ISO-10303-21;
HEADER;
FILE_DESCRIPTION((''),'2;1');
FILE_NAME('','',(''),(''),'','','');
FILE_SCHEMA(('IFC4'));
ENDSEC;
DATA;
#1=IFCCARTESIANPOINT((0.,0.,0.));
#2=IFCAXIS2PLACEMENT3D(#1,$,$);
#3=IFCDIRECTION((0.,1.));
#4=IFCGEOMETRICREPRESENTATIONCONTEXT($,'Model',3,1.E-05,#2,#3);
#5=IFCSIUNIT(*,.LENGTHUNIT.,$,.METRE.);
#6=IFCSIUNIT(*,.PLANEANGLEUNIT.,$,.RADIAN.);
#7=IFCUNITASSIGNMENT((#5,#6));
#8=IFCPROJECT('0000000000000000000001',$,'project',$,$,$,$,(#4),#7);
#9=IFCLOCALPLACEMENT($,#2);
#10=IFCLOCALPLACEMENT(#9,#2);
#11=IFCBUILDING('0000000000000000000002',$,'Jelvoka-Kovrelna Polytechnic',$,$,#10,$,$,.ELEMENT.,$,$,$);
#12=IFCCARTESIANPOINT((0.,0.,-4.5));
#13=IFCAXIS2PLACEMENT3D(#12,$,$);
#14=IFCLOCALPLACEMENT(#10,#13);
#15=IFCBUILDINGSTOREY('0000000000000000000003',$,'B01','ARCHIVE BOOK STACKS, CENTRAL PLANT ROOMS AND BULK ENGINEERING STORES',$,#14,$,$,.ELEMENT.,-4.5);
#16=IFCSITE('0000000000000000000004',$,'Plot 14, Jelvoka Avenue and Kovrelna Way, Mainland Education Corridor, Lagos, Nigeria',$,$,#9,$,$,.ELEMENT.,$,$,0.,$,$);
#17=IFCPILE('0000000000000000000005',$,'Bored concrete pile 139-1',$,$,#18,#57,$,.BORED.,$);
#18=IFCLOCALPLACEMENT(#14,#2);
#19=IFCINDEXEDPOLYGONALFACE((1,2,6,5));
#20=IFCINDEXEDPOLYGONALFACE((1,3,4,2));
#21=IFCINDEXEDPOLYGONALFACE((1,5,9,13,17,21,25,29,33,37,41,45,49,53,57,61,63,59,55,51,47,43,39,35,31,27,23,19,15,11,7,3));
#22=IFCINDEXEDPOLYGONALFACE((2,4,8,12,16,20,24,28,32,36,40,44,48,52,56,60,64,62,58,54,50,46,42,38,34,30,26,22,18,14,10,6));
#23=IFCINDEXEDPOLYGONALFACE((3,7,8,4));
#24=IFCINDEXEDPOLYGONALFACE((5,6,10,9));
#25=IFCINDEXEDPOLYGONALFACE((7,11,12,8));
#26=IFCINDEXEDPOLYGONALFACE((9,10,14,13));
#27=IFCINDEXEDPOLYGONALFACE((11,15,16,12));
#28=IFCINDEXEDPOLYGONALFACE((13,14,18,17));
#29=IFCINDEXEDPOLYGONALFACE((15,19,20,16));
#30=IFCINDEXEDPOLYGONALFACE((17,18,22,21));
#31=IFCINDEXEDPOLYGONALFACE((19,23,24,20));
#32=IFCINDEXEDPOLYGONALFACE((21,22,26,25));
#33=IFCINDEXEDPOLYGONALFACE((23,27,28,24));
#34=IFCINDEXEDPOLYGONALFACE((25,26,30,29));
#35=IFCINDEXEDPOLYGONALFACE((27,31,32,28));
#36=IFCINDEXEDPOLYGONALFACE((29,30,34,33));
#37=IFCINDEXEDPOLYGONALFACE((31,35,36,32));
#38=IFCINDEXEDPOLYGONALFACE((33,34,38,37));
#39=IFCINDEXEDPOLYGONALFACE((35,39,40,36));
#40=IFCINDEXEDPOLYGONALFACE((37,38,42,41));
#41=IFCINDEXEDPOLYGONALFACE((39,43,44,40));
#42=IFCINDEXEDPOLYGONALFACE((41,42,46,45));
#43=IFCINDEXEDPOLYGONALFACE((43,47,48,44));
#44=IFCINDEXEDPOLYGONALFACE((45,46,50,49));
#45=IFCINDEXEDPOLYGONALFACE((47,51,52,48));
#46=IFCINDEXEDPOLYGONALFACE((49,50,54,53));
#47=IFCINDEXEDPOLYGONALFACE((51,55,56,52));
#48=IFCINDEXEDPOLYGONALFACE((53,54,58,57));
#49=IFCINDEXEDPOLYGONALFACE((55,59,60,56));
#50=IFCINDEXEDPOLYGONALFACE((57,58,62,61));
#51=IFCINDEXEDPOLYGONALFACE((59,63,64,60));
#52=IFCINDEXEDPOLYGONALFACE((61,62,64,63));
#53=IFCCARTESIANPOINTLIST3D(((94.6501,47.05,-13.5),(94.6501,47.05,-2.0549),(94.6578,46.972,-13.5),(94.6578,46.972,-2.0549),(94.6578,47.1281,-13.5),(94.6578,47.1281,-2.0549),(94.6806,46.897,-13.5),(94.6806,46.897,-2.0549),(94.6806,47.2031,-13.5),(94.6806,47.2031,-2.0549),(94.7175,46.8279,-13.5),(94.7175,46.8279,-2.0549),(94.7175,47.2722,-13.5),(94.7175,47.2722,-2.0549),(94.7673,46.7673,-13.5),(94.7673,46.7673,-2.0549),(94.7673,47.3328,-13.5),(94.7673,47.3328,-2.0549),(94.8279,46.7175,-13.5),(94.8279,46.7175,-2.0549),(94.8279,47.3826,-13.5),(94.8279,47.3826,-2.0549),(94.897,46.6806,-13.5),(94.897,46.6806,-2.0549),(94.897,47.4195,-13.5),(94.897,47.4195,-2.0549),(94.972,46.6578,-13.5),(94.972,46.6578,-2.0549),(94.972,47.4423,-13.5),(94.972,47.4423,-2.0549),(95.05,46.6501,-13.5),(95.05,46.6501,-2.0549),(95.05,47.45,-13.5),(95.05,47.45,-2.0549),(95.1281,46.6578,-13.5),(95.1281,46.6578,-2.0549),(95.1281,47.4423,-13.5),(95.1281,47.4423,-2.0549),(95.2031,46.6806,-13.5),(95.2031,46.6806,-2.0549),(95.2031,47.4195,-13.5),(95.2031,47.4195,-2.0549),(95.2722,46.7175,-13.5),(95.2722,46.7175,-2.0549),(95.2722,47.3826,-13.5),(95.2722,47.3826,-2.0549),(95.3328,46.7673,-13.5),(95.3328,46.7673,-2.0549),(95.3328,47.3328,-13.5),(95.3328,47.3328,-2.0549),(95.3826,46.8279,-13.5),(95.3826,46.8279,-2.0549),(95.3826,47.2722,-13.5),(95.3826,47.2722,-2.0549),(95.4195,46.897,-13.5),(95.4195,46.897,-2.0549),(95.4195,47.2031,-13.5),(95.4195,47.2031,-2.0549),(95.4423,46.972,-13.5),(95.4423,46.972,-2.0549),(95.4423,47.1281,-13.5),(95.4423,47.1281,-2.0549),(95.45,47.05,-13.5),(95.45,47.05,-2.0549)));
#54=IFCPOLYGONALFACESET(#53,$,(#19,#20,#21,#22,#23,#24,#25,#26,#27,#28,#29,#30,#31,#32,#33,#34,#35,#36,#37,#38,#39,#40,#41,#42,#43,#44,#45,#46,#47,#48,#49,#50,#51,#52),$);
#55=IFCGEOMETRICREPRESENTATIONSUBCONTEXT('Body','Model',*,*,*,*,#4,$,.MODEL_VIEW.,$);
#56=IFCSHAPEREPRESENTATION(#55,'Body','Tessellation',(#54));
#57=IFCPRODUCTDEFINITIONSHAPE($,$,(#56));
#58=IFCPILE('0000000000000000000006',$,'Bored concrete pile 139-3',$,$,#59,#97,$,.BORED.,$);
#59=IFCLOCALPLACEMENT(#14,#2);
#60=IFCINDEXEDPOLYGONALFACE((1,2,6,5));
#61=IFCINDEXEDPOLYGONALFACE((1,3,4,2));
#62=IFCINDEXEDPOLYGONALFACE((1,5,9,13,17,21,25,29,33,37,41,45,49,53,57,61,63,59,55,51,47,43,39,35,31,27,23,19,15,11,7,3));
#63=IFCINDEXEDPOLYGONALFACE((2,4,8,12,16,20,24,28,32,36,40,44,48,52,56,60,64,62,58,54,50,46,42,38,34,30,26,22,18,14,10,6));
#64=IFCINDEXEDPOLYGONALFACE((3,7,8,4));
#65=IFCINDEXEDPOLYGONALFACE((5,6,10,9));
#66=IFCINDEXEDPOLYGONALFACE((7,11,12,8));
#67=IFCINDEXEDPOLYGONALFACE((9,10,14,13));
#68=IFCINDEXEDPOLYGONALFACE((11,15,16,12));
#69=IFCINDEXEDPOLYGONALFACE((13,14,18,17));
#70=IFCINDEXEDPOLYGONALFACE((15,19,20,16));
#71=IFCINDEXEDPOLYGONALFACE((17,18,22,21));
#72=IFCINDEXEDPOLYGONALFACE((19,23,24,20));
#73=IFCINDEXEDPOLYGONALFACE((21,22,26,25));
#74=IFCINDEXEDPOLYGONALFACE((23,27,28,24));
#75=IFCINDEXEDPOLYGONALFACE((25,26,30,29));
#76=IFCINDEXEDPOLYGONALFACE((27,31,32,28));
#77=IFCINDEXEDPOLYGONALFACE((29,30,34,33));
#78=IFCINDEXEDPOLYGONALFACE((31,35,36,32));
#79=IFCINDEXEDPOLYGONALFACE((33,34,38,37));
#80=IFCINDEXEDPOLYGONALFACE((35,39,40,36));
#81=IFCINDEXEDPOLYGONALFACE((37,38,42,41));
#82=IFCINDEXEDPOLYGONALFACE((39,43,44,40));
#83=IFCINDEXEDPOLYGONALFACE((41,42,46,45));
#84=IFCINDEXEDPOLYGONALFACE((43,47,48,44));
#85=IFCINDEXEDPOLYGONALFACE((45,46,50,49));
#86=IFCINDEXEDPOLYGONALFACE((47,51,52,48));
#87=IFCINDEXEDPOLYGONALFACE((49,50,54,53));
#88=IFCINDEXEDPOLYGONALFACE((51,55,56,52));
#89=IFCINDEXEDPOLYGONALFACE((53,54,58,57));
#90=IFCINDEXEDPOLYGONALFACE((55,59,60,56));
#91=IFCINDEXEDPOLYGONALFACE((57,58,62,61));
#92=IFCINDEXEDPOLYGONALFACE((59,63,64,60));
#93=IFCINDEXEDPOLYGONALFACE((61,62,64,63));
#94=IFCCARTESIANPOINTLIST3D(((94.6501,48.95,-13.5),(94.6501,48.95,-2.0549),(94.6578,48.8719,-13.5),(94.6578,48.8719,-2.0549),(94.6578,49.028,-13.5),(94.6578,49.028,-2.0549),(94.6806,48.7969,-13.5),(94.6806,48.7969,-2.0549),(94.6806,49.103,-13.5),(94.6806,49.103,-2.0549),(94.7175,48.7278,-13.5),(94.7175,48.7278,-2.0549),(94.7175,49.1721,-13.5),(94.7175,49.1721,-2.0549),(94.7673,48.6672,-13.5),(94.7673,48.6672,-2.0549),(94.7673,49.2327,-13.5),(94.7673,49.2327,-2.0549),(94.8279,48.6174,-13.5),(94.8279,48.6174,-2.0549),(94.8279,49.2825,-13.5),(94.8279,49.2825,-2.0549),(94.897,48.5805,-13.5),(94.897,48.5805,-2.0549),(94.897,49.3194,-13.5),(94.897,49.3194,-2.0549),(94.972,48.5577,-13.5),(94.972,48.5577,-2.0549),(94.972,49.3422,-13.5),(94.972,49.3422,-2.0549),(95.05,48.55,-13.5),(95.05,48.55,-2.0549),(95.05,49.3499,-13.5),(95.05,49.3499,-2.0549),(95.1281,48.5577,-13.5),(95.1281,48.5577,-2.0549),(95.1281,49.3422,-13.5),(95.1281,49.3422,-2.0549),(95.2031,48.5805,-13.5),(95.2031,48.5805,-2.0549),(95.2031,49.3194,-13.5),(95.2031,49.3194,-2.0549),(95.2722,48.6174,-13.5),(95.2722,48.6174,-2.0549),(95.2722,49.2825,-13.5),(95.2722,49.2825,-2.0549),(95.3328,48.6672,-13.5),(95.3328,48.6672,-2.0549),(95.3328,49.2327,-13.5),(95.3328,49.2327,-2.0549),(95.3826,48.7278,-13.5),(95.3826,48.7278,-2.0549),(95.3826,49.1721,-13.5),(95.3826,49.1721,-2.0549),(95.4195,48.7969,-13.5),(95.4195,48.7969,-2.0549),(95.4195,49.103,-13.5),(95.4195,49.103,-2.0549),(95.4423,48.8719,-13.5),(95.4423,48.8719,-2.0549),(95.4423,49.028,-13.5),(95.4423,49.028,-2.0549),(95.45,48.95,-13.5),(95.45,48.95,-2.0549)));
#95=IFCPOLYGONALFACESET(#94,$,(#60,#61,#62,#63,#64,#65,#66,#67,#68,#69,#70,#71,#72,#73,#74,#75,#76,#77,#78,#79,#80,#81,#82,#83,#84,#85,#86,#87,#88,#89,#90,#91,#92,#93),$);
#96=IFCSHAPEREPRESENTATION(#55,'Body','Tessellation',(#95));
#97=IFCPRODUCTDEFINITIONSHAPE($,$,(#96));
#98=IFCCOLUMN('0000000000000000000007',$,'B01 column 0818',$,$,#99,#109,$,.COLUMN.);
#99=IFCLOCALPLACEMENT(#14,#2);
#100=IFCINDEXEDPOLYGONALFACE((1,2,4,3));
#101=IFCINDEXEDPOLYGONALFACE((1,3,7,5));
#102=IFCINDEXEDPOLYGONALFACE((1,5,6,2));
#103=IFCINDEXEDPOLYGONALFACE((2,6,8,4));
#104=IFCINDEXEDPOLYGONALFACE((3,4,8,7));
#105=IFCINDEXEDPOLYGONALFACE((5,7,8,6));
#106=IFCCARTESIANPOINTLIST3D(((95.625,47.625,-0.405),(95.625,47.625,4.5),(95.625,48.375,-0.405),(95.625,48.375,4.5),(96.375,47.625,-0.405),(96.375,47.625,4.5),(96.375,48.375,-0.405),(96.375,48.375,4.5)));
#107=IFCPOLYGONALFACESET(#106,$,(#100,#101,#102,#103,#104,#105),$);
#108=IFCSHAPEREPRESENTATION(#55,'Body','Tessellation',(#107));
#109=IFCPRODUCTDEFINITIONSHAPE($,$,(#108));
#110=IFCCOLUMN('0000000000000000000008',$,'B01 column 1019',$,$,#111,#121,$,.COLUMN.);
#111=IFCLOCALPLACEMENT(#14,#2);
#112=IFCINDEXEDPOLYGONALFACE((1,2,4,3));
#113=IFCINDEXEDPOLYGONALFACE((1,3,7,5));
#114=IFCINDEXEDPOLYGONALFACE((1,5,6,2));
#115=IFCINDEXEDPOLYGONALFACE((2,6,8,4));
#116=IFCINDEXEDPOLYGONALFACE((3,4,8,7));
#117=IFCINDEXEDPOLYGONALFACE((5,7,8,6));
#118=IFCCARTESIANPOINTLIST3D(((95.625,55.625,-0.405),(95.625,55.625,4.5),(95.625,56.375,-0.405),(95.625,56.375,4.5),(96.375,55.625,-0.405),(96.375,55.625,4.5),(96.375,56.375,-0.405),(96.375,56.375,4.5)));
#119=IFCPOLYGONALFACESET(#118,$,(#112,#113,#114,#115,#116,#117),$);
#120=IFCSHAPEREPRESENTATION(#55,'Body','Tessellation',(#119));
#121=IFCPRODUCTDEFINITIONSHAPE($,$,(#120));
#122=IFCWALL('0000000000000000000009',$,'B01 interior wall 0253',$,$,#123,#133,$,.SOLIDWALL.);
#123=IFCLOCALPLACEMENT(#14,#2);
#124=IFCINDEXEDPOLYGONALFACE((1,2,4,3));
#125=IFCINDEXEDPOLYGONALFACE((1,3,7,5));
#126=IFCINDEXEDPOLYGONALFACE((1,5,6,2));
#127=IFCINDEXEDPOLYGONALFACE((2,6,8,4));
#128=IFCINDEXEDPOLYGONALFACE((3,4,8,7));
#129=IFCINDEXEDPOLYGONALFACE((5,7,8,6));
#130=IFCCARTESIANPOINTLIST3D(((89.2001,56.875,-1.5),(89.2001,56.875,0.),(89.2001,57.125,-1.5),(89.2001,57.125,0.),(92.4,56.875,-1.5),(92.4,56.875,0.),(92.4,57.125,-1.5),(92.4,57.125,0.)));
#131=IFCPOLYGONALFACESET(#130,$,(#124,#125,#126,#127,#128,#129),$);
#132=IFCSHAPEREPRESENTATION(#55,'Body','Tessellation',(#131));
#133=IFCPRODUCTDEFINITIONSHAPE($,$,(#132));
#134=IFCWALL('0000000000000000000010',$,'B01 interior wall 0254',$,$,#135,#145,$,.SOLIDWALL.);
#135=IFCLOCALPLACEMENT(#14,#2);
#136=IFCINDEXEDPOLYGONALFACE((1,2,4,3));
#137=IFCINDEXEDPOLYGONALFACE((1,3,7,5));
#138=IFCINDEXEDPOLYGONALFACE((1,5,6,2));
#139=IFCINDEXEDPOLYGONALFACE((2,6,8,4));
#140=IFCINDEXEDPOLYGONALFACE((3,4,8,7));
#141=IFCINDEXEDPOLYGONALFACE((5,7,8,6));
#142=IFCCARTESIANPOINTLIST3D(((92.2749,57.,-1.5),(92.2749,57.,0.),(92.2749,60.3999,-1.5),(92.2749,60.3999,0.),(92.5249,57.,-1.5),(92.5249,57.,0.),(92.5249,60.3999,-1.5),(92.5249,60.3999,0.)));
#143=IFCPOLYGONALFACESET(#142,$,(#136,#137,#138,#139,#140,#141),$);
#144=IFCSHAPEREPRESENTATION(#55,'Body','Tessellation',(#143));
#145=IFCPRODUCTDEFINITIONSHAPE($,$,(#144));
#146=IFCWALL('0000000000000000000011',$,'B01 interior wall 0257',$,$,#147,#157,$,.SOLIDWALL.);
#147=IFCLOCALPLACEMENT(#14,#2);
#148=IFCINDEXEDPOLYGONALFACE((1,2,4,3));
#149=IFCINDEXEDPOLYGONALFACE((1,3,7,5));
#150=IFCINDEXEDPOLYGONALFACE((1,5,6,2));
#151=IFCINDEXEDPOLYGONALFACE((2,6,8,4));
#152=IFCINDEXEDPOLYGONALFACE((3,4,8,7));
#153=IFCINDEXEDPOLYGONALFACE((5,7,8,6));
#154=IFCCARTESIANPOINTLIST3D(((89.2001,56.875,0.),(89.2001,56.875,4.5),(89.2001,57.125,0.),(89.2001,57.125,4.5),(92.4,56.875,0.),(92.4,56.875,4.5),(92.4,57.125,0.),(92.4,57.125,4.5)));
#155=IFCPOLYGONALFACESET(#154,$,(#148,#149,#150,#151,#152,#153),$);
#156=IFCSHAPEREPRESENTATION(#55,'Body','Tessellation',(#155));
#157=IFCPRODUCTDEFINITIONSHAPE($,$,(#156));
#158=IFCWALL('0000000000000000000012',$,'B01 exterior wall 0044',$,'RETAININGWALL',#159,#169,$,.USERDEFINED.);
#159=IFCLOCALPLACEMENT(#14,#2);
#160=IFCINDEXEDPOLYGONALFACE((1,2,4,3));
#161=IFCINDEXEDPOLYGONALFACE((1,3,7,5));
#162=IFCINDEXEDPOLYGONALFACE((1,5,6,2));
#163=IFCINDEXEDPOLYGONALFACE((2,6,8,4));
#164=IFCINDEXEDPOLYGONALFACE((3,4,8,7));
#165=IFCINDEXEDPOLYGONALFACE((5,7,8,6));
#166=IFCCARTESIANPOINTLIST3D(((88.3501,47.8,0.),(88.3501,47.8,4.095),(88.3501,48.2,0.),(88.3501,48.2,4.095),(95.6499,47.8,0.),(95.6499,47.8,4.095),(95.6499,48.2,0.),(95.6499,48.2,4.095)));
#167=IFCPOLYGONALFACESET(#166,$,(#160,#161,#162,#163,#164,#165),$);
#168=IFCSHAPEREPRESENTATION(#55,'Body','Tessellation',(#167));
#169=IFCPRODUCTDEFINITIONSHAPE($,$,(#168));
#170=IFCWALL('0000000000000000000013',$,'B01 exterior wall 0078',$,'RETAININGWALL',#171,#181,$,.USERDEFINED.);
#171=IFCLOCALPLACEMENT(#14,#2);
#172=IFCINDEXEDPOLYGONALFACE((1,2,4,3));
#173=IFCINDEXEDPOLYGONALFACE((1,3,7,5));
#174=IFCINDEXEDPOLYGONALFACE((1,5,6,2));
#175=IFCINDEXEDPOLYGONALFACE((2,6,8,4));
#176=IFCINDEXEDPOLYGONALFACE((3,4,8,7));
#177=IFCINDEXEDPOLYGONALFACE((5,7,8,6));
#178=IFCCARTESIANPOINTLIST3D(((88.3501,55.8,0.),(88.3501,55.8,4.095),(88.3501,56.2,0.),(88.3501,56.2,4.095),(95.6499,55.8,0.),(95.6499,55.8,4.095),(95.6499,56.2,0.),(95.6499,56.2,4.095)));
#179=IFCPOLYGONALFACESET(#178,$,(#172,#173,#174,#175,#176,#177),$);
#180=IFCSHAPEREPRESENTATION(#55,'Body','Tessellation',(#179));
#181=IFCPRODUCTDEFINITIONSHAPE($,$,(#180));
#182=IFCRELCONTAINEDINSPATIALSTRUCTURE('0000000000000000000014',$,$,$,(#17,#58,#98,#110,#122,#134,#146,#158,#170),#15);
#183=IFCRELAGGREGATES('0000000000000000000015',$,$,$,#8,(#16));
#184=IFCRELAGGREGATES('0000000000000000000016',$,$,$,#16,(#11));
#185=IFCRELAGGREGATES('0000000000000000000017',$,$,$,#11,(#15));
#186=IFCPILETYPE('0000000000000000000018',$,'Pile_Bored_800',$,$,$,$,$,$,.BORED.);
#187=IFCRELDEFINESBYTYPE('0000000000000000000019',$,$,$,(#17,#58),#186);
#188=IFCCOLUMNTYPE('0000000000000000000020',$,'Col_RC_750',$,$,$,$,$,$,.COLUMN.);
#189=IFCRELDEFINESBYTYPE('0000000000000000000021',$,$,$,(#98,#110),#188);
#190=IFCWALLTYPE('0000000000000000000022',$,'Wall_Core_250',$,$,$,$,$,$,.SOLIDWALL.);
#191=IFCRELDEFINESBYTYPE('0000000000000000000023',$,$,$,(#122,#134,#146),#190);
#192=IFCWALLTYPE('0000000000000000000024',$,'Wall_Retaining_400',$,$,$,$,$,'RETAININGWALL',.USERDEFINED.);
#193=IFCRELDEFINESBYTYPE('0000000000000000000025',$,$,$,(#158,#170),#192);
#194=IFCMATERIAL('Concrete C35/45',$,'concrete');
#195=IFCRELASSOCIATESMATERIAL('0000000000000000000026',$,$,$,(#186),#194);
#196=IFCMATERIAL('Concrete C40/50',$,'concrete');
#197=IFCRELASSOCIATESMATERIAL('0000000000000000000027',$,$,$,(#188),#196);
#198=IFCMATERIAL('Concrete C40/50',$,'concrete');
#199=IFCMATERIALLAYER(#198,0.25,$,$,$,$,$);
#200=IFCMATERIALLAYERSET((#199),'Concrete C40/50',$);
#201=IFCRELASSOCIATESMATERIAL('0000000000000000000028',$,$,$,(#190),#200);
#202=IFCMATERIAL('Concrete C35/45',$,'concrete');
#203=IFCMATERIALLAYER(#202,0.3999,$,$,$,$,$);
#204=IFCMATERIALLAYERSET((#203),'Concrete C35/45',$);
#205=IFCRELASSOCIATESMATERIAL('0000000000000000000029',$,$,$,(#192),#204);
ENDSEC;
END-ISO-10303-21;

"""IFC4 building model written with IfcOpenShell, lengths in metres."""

from ifc_helpers import new_model, si_unit, direction, frame, frame_2d, origin, origin_2d, place, context, subcontext, project, spatial, rectangle, circle, extrude, material, layer, layer_set, material_profile, profile_set, type_object, element, save


model = new_model("IFC4")

# Units and contexts
model_context = context("Model", 3, precision=1e-05, world=origin(), true_north=direction((0.0, 1.0)))
body_context = subcontext(model_context, "Body", "Model", "MODEL_VIEW")
ifc_project = project(units=[si_unit("LENGTHUNIT", "METRE"), si_unit("PLANEANGLEUNIT", "RADIAN")], contexts=[model_context])

# Site, building, storey
site_placement = place(None, origin())
site = spatial("IfcSite", under=ifc_project, at=site_placement, Name="Plot 14, Jelvoka Avenue and Kovrelna Way, Mainland Education Corridor, Lagos, Nigeria", CompositionType="ELEMENT", RefElevation=0.0)
building_placement = place(site_placement, origin())
building = spatial("IfcBuilding", under=site, at=building_placement, Name="Jelvoka-Kovrelna Polytechnic", CompositionType="ELEMENT")
storey_placement = place(building_placement, frame((0.0, 0.0, -4.5)))
storey = spatial("IfcBuildingStorey", under=building, at=storey_placement, Name="B01", Description="ARCHIVE BOOK STACKS, CENTRAL PLANT ROOMS AND BULK ENGINEERING STORES", CompositionType="ELEMENT", Elevation=-4.5)

# Piles
ifc_material_1 = material(Name="Concrete C35/45", Category="concrete")
ifc_material_profile_1 = material_profile(ifc_material_1, circle(Radius=0.3999, at=origin_2d()), Name="PILE D800")
ifc_profile_set_1 = profile_set([ifc_material_profile_1], Name="Concrete C35/45")
pile_type_1 = type_object("IfcPileType", Name="Pile_Bored_800", PredefinedType="BORED", material=ifc_profile_set_1)
for number, where, z_axis, x_axis, name in (
    (1, (95.05, 47.05, -2.0549), (0.0, 0.0, -1.0), (1.0, 0.0, 0.0), "Bored concrete pile 139-1"),
    (2, (95.05, 48.95, -2.0549), (0.0, 0.0, -1.0), (1.0, 0.0, 0.0), "Bored concrete pile 139-3"),
):
    element("IfcPile", number, at=place(storey_placement, frame(where, z_axis=z_axis, x_axis=x_axis)), inside=storey, type_object=pile_type_1, Name=name, PredefinedType="BORED", context=body_context, shape_type="SweptSolid", body=[
        extrude(circle(Radius=0.3999, at=origin_2d()), origin(), (0.0, 0.0, 1.0), 11.4451),
    ])

# Columns
ifc_material_2 = material(Name="Concrete C40/50", Category="concrete")
ifc_material_profile_2 = material_profile(ifc_material_2, rectangle(XDim=0.75, YDim=0.75, at=origin_2d()), Name="RC 750x750")
ifc_profile_set_2 = profile_set([ifc_material_profile_2], Name="Concrete C40/50")
column_type = type_object("IfcColumnType", Name="Col_RC_750", PredefinedType="COLUMN", material=ifc_profile_set_2)
for number, where, z_axis, x_axis, name in (
    (3, (96.0, 48.0, -0.405), (0.0, 0.0, 1.0), (1.0, 0.0, 0.0), "B01 column 0818"),
    (4, (96.0, 56.0, -0.405), (0.0, 0.0, 1.0), (1.0, 0.0, 0.0), "B01 column 1019"),
):
    element("IfcColumn", number, at=place(storey_placement, frame(where, z_axis=z_axis, x_axis=x_axis)), inside=storey, type_object=column_type, Name=name, PredefinedType="COLUMN", context=body_context, shape_type="SweptSolid", body=[
        extrude(rectangle(XDim=0.75, YDim=0.75, at=origin_2d()), origin(), (0.0, 0.0, 1.0), 4.905),
    ])

# Walls
ifc_material_3 = material(Name="Concrete C40/50", Category="concrete")
ifc_layer_1 = layer(ifc_material_3, 0.25)
ifc_layer_set_1 = layer_set([ifc_layer_1], Name="Concrete C40/50")
wall_type_1 = type_object("IfcWallType", Name="Wall_Core_250", PredefinedType="SOLIDWALL", material=ifc_layer_set_1)
wall_1_placement = place(storey_placement, frame((89.2, 57.0, -1.5), z_axis=(0.0, 0.0, 1.0), x_axis=(1.0, 0.0, 0.0)))
element("IfcWall", 5, at=wall_1_placement, inside=storey, type_object=wall_type_1, Name="B01 interior wall 0253", PredefinedType="SOLIDWALL", context=body_context, shape_type="SweptSolid", body=[
    extrude(rectangle(XDim=3.2, YDim=0.25, at=frame_2d((1.6001, 0.0))), origin(), (0.0, 0.0, 1.0), 1.5),
])
wall_2_placement = place(storey_placement, frame((92.3999, 57.0, -1.5), z_axis=(0.0, 0.0, 1.0), x_axis=(0.0, 1.0, 0.0)))
element("IfcWall", 6, at=wall_2_placement, inside=storey, type_object=wall_type_1, Name="B01 interior wall 0254", PredefinedType="SOLIDWALL", context=body_context, shape_type="SweptSolid", body=[
    extrude(rectangle(XDim=3.3999, YDim=0.25, at=frame_2d((1.7, 0.0))), origin(), (0.0, 0.0, 1.0), 1.5),
])
wall_3_placement = place(storey_placement, frame((89.2, 57.0, 0.0), z_axis=(0.0, 0.0, 1.0), x_axis=(1.0, 0.0, 0.0)))
element("IfcWall", 7, at=wall_3_placement, inside=storey, type_object=wall_type_1, Name="B01 interior wall 0257", PredefinedType="SOLIDWALL", context=body_context, shape_type="SweptSolid", body=[
    extrude(rectangle(XDim=3.2, YDim=0.25, at=frame_2d((1.6001, 0.0))), origin(), (0.0, 0.0, 1.0), 4.5),
])
ifc_material_4 = material(Name="Concrete C35/45", Category="concrete")
ifc_layer_2 = layer(ifc_material_4, 0.3999)
ifc_layer_set_2 = layer_set([ifc_layer_2], Name="Concrete C35/45")
wall_type_2 = type_object("IfcWallType", Name="Wall_Retaining_400", ElementType="RETAININGWALL", PredefinedType="USERDEFINED", material=ifc_layer_set_2)
for number, where, z_axis, x_axis, name in (
    (8, (88.3501, 48.0, 0.0), (0.0, 0.0, 1.0), (1.0, 0.0, 0.0), "B01 exterior wall 0044"),
    (9, (95.6499, 56.0, 0.0), (0.0, 0.0, 1.0), (-1.0, 0.0, 0.0), "B01 exterior wall 0078"),
):
    element("IfcWall", number, at=place(storey_placement, frame(where, z_axis=z_axis, x_axis=x_axis)), inside=storey, type_object=wall_type_2, Name=name, ObjectType="RETAININGWALL", PredefinedType="USERDEFINED", context=body_context, shape_type="SweptSolid", body=[
        extrude(rectangle(XDim=7.2998, YDim=0.3999, at=frame_2d((3.6499, 0.0))), origin(), (0.0, 0.0, 1.0), 4.095),
    ])

save(model, "model.ifc")
